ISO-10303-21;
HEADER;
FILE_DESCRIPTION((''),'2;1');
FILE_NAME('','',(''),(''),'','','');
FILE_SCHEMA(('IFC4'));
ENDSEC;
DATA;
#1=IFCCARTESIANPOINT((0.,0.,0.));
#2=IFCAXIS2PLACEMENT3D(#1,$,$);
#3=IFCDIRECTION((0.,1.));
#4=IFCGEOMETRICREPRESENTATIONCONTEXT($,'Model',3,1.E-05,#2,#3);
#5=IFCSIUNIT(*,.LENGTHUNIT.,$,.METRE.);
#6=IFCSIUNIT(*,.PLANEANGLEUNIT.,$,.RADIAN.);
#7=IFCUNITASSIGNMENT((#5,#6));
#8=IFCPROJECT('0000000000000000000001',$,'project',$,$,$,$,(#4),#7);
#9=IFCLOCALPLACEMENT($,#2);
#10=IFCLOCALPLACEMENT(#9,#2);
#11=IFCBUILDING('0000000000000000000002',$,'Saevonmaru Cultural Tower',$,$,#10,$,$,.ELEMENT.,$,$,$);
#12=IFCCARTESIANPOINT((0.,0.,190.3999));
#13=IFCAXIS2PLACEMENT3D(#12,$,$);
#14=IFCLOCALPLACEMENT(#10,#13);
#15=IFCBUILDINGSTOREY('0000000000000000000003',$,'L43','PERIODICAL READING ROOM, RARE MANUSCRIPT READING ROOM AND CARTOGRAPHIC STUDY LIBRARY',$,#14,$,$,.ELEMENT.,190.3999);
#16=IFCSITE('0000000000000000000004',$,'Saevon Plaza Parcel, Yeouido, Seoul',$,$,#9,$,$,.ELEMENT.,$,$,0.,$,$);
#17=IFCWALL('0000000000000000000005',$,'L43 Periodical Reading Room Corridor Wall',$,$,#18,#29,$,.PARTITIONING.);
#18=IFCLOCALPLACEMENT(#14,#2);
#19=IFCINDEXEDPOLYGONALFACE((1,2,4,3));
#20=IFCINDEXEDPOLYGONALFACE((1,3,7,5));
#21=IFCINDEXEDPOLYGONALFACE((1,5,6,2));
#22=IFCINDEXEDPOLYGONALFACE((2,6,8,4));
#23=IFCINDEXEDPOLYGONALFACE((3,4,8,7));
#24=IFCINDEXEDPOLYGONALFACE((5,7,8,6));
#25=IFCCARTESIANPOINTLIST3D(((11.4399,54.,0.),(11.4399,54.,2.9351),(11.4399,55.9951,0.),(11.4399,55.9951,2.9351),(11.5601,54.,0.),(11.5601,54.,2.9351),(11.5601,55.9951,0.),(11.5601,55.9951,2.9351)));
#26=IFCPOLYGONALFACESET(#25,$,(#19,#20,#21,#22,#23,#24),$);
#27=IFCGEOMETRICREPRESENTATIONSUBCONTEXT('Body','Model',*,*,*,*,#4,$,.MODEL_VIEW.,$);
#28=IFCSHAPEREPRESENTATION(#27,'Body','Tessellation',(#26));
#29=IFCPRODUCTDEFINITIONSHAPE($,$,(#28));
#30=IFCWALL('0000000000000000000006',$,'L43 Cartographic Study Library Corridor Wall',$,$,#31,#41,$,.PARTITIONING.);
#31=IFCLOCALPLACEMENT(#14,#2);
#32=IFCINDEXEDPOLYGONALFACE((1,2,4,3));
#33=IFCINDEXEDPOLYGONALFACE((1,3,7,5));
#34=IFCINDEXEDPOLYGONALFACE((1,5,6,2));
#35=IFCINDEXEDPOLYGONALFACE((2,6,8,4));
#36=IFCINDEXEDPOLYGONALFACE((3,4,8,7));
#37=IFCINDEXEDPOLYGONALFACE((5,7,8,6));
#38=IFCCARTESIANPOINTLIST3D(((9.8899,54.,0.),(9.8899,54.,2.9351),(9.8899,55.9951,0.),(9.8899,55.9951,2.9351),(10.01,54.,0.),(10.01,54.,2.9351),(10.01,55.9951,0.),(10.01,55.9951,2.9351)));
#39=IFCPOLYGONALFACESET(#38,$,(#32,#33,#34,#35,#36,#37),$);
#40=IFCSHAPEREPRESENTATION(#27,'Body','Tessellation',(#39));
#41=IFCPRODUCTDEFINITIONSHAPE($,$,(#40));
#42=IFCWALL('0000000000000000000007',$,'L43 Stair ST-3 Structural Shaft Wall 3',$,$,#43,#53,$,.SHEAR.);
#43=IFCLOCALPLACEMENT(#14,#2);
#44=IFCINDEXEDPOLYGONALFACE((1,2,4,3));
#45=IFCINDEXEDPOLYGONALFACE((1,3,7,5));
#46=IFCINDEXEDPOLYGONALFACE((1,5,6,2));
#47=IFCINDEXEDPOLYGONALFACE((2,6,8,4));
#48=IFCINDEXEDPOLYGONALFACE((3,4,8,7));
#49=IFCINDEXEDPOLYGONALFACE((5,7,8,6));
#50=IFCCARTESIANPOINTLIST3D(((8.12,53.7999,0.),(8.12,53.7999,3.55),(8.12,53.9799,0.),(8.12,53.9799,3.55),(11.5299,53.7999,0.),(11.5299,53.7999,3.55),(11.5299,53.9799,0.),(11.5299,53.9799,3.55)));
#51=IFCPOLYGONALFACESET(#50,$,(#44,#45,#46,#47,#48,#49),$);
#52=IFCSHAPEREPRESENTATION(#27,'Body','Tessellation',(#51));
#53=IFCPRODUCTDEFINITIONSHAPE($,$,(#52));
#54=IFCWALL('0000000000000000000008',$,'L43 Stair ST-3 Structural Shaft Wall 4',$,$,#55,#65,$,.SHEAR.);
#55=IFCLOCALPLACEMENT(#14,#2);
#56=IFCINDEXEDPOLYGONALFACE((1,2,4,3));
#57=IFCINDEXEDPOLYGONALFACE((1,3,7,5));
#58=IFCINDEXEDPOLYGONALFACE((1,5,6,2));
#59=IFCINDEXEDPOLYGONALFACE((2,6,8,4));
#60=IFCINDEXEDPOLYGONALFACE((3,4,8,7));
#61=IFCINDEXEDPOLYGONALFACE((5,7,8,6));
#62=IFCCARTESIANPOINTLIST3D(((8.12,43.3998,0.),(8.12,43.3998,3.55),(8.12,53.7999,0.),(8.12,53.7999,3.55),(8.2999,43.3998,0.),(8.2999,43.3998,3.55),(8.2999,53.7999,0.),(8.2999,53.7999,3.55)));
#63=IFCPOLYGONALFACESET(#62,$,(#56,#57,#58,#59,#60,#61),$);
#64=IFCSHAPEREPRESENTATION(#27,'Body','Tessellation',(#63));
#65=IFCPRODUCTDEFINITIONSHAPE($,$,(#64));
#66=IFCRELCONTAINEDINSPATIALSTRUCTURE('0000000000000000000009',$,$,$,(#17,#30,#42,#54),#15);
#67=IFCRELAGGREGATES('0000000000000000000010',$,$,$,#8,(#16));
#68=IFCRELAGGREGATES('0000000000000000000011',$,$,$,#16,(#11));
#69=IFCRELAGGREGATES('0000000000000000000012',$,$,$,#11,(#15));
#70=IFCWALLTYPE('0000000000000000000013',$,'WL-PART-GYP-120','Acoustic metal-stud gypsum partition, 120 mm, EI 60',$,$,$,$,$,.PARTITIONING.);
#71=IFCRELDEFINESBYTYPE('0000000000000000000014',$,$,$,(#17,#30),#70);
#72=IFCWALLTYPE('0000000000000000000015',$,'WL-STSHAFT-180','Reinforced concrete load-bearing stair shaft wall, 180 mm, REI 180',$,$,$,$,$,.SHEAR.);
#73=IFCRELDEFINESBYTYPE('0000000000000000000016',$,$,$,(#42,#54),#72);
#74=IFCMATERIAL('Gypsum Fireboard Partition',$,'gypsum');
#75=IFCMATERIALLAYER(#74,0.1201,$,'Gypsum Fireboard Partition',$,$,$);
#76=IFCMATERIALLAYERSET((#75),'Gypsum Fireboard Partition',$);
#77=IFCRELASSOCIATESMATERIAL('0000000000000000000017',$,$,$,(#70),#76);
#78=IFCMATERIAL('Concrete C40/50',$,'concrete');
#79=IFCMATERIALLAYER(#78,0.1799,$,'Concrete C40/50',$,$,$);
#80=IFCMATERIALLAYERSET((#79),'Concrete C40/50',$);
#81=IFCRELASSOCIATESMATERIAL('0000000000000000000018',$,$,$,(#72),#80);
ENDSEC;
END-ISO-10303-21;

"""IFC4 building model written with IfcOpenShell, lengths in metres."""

from ifc_helpers import new_model, si_unit, direction, frame, frame_2d, origin, place, context, subcontext, project, spatial, rectangle, extrude, material, layer, layer_set, type_object, element, save


model = new_model("IFC4")

# Units and contexts
model_context = context("Model", 3, precision=1e-05, world=origin(), true_north=direction((0.0, 1.0)))
body_context = subcontext(model_context, "Body", "Model", "MODEL_VIEW")
ifc_project = project(units=[si_unit("LENGTHUNIT", "METRE"), si_unit("PLANEANGLEUNIT", "RADIAN")], contexts=[model_context])

# Site, building, storey
site_placement = place(None, origin())
site = spatial("IfcSite", under=ifc_project, at=site_placement, Name="Saevon Plaza Parcel, Yeouido, Seoul", CompositionType="ELEMENT", RefElevation=0.0)
building_placement = place(site_placement, origin())
building = spatial("IfcBuilding", under=site, at=building_placement, Name="Saevonmaru Cultural Tower", CompositionType="ELEMENT")
storey_placement = place(building_placement, frame((0.0, 0.0, 190.3999)))
storey = spatial("IfcBuildingStorey", under=building, at=storey_placement, Name="L43", Description="PERIODICAL READING ROOM, RARE MANUSCRIPT READING ROOM AND CARTOGRAPHIC STUDY LIBRARY", CompositionType="ELEMENT", Elevation=190.3999)

# Walls
ifc_material_1 = material(Name="Gypsum Fireboard Partition", Category="gypsum")
ifc_layer_1 = layer(ifc_material_1, 0.1201, Name="Gypsum Fireboard Partition")
ifc_layer_set_1 = layer_set([ifc_layer_1], Name="Gypsum Fireboard Partition")
wall_type_1 = type_object("IfcWallType", Name="WL-PART-GYP-120", Description="Acoustic metal-stud gypsum partition, 120 mm, EI 60", PredefinedType="PARTITIONING", material=ifc_layer_set_1)
for number, where, z_axis, x_axis, name in (
    (1, (11.5, 54.0, 0.0), (0.0, 0.0, 1.0), (0.0, 1.0, 0.0), "L43 Periodical Reading Room Corridor Wall"),
    (2, (9.95, 54.0, 0.0), (0.0, 0.0, 1.0), (0.0, 1.0, 0.0), "L43 Cartographic Study Library Corridor Wall"),
):
    element("IfcWall", number, at=place(storey_placement, frame(where, z_axis=z_axis, x_axis=x_axis)), inside=storey, type_object=wall_type_1, Name=name, PredefinedType="PARTITIONING", context=body_context, shape_type="SweptSolid", body=[
        extrude(rectangle(XDim=1.9951, YDim=0.1201, at=frame_2d((0.9976, 0.0))), origin(), (0.0, 0.0, 1.0), 2.9351),
    ])
ifc_material_2 = material(Name="Concrete C40/50", Category="concrete")
ifc_layer_2 = layer(ifc_material_2, 0.1799, Name="Concrete C40/50")
ifc_layer_set_2 = layer_set([ifc_layer_2], Name="Concrete C40/50")
wall_type_2 = type_object("IfcWallType", Name="WL-STSHAFT-180", Description="Reinforced concrete load-bearing stair shaft wall, 180 mm, REI 180", PredefinedType="SHEAR", material=ifc_layer_set_2)
wall_1_placement = place(storey_placement, frame((11.53, 53.8899, 0.0), z_axis=(0.0, 0.0, 1.0), x_axis=(-1.0, 0.0, 0.0)))
element("IfcWall", 3, at=wall_1_placement, inside=storey, type_object=wall_type_2, Name="L43 Stair ST-3 Structural Shaft Wall 3", PredefinedType="SHEAR", context=body_context, shape_type="SweptSolid", body=[
    extrude(rectangle(XDim=3.4099, YDim=0.1799, at=frame_2d((1.7051, 0.0))), origin(), (0.0, 0.0, 1.0), 3.55),
])
wall_2_placement = place(storey_placement, frame((8.21, 53.8, 0.0), z_axis=(0.0, 0.0, 1.0), x_axis=(0.0, -1.0, 0.0)))
element("IfcWall", 4, at=wall_2_placement, inside=storey, type_object=wall_type_2, Name="L43 Stair ST-3 Structural Shaft Wall 4", PredefinedType="SHEAR", context=body_context, shape_type="SweptSolid", body=[
    extrude(rectangle(XDim=10.4001, YDim=0.1799, at=frame_2d((5.2002, 0.0))), origin(), (0.0, 0.0, 1.0), 3.55),
])

save(model, "model.ifc")
